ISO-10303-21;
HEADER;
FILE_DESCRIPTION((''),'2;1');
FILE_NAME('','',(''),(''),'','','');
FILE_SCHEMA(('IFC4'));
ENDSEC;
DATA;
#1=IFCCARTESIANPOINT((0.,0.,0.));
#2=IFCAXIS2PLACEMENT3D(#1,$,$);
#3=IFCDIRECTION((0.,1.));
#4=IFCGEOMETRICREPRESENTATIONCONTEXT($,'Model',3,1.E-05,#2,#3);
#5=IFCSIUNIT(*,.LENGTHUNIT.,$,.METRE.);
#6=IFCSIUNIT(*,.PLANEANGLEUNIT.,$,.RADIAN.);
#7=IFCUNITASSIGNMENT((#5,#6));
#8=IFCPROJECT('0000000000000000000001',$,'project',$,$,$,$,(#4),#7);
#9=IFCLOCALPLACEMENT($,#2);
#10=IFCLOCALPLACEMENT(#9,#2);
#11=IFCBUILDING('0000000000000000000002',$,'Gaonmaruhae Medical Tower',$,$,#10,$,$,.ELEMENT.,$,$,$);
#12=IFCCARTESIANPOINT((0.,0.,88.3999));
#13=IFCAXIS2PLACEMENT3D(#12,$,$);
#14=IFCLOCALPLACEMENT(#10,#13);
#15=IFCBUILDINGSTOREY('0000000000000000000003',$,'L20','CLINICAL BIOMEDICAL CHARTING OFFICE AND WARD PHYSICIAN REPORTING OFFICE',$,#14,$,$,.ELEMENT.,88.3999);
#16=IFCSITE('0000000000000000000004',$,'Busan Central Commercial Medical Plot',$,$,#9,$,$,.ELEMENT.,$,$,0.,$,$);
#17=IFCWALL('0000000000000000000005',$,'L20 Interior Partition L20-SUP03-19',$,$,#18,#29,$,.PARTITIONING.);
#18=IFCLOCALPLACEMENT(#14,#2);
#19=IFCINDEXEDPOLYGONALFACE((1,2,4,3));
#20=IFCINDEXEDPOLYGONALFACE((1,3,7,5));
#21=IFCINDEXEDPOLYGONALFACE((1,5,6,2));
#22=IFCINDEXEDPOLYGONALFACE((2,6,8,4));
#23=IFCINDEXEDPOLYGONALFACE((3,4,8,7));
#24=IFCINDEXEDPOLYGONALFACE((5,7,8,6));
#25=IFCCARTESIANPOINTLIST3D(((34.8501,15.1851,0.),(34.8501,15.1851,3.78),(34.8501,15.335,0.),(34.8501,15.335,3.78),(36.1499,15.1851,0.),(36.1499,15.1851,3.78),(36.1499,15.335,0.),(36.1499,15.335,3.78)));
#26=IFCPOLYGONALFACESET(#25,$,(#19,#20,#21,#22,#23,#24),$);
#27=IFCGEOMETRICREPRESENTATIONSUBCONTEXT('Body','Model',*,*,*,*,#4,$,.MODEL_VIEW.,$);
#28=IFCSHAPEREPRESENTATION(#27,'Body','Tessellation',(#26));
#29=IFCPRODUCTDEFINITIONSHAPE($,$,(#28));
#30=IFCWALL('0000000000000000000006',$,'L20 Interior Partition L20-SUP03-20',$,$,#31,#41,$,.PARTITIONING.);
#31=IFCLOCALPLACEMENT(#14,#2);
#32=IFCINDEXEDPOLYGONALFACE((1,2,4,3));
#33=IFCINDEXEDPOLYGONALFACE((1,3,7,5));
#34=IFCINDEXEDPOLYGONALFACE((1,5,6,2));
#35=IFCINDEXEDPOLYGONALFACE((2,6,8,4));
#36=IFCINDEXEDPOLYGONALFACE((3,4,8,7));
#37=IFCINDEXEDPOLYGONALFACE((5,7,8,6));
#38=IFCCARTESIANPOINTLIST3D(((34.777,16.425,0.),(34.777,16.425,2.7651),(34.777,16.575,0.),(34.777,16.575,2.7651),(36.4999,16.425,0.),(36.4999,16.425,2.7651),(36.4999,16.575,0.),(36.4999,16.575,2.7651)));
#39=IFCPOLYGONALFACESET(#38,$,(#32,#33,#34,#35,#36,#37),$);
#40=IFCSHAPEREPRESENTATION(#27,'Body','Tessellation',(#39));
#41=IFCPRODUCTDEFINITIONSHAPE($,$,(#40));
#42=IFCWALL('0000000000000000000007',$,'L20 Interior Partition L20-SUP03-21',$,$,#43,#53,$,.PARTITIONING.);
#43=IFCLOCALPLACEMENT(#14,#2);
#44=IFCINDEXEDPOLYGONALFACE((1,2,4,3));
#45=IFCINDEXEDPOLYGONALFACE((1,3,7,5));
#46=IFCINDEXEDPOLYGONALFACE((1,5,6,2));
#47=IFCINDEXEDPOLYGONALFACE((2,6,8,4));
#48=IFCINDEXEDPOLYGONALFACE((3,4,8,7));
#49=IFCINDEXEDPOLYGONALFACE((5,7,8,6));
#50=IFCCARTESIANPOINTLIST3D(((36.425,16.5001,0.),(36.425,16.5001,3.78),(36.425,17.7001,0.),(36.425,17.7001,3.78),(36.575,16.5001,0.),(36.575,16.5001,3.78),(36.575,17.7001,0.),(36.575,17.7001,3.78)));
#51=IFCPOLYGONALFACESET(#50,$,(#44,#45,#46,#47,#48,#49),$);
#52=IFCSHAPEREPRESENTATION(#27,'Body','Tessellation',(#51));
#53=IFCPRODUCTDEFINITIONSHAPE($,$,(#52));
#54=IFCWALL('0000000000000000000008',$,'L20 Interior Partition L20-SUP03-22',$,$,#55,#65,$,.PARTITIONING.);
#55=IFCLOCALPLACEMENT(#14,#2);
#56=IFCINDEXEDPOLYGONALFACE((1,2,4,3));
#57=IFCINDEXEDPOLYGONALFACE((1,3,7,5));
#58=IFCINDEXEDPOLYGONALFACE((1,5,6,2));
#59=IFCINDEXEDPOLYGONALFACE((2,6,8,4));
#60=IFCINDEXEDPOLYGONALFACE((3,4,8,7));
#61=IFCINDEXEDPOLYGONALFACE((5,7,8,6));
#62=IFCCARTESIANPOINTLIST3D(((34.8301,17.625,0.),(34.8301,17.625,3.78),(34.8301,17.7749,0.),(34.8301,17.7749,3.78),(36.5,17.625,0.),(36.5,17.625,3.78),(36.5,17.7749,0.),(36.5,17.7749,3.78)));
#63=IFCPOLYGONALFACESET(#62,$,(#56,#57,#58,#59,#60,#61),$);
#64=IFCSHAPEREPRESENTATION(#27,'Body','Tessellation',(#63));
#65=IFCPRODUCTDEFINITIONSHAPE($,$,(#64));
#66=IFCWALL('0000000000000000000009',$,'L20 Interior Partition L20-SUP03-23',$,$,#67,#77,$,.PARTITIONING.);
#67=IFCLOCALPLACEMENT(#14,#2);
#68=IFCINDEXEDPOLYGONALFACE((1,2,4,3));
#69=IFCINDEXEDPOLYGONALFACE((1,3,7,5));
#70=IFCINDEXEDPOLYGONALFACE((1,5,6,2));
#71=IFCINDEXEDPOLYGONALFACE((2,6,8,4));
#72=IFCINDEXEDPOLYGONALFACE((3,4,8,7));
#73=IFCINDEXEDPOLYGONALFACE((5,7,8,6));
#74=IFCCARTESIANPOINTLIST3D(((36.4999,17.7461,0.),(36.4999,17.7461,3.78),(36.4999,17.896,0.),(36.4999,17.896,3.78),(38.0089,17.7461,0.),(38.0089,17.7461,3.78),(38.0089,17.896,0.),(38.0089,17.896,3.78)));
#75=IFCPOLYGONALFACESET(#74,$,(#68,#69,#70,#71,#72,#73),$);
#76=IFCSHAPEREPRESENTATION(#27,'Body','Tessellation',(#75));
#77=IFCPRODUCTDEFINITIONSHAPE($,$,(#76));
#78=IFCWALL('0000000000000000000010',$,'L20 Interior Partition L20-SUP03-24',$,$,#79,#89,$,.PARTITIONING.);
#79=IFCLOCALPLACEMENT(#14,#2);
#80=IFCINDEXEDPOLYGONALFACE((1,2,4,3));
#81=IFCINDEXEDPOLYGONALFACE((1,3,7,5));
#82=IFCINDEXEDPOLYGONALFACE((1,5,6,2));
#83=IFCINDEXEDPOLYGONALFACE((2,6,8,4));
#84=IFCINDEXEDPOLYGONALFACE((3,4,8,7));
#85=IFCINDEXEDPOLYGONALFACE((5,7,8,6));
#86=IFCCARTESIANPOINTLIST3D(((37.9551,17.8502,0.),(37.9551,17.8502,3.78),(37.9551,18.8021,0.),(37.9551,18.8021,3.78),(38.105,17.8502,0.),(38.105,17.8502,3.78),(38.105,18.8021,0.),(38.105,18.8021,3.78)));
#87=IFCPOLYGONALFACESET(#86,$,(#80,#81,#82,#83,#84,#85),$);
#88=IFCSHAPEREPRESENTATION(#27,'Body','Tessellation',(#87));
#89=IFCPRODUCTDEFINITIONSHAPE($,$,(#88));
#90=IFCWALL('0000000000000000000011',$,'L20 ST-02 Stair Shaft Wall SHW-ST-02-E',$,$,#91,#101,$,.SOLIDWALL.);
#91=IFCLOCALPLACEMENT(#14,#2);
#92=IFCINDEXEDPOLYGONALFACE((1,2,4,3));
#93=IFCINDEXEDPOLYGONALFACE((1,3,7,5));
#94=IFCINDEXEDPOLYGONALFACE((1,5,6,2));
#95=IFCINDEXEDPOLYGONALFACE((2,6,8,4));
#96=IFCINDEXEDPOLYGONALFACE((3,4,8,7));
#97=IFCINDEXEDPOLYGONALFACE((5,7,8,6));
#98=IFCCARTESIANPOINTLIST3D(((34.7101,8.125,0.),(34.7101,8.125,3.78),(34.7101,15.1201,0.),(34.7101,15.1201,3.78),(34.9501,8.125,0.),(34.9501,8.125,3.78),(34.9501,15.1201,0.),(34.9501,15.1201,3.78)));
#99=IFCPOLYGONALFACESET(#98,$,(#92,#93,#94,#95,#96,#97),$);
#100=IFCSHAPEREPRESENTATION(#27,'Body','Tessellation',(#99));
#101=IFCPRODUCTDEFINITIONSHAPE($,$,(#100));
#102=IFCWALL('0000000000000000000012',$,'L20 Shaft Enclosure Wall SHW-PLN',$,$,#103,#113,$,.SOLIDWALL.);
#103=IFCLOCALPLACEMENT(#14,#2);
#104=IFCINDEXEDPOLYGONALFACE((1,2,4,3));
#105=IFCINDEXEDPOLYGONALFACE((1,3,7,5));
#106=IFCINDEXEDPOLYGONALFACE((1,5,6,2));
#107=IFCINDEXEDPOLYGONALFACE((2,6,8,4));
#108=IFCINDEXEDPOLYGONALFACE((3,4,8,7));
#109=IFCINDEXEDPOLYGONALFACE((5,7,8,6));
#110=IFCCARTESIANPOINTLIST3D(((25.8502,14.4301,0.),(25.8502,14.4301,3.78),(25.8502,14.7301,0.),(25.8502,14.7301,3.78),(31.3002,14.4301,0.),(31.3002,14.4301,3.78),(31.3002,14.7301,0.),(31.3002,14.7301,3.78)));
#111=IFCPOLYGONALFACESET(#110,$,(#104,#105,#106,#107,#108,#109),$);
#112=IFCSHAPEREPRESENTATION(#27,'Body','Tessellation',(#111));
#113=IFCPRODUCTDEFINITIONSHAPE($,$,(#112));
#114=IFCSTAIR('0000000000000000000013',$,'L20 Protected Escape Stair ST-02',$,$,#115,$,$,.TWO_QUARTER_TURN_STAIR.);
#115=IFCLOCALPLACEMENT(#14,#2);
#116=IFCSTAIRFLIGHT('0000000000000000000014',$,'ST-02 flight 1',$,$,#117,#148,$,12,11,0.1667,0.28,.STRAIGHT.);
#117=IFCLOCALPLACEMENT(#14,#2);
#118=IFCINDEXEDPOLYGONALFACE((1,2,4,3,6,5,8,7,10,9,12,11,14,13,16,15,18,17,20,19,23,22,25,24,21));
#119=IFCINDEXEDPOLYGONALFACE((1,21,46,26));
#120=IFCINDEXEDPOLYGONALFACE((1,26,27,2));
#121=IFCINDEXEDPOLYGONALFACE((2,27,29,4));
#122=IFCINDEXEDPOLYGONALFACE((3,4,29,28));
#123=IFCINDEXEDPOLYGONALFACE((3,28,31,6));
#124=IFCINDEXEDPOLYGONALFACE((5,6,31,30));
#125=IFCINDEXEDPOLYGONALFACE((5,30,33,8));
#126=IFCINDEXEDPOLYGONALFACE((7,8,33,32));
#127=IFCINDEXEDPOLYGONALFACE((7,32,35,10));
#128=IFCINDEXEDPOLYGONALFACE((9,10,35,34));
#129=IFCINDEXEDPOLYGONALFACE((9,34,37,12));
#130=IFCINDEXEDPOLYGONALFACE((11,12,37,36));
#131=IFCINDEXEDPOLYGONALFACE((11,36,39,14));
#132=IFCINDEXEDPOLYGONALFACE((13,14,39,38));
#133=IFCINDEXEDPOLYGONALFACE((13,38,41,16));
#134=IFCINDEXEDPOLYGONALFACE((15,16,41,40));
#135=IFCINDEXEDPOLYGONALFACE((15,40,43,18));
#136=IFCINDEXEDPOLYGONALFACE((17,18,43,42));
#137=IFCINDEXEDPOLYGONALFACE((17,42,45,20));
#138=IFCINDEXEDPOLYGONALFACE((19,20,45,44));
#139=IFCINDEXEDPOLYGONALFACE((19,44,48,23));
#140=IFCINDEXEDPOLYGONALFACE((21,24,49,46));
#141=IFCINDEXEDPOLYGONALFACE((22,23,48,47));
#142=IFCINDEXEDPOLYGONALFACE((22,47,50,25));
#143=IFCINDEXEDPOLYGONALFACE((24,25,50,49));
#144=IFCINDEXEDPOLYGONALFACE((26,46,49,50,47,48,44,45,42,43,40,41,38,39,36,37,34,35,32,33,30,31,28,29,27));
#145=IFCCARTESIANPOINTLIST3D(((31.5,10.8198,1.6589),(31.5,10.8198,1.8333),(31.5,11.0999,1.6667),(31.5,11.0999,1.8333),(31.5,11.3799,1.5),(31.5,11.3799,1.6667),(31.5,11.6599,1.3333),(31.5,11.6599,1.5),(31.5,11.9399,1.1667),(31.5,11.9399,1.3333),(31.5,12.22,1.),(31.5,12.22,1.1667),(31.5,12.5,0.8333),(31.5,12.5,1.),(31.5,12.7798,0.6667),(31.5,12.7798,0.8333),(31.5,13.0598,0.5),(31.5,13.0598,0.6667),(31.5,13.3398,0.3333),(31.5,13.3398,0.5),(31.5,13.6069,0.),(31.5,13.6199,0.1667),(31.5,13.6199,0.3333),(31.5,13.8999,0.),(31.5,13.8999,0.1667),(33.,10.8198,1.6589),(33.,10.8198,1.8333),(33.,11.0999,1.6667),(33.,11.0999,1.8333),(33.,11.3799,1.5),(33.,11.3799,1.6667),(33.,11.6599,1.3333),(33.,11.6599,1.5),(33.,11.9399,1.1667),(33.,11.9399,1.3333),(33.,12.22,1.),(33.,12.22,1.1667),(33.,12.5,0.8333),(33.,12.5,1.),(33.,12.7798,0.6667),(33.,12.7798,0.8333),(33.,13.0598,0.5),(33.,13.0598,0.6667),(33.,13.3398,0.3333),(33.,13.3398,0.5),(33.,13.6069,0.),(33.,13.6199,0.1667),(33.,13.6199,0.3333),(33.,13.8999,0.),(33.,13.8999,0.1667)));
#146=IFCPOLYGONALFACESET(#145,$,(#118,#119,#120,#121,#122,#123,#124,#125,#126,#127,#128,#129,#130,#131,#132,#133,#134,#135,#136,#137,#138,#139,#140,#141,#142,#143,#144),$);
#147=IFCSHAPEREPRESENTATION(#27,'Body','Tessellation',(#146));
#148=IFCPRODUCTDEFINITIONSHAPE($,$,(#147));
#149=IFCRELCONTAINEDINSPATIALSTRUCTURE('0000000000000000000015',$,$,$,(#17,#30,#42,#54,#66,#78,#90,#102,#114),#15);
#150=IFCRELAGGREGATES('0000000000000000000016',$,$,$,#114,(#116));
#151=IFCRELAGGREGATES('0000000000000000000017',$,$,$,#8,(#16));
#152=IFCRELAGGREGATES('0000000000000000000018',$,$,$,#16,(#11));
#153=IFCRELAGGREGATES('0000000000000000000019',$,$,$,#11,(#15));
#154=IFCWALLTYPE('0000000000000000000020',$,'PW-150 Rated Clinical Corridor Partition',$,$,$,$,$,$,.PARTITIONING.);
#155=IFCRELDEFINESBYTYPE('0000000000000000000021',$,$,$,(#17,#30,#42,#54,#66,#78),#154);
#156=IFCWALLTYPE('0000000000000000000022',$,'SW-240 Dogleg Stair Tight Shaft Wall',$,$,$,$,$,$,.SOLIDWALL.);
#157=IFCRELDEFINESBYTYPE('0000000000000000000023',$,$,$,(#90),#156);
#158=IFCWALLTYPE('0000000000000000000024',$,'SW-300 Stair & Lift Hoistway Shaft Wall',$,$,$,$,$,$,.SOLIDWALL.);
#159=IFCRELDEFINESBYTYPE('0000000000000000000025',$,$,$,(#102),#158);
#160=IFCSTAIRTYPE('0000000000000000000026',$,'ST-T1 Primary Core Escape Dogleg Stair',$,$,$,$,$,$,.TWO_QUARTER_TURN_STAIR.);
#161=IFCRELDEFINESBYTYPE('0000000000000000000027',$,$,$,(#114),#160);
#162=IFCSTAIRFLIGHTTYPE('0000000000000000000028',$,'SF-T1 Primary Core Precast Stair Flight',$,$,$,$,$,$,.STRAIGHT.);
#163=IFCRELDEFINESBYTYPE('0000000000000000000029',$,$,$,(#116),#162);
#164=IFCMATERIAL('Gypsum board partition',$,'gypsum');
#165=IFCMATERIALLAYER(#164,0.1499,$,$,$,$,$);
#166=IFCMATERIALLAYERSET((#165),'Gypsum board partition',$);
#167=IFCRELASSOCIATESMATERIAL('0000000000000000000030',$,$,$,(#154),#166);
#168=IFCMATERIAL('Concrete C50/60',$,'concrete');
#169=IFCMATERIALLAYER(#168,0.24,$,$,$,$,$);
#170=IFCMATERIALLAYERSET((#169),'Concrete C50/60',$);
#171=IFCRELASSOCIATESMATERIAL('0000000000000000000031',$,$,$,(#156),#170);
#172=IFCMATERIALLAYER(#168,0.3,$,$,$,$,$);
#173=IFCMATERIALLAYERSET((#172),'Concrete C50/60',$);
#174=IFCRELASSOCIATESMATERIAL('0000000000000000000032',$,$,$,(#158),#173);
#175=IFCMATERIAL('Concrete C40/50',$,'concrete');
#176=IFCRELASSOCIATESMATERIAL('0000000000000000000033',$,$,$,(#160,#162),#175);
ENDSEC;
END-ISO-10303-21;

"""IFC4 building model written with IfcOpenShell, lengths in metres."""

from ifc_helpers import new_model, si_unit, direction, frame, frame_2d, origin, place, context, subcontext, project, spatial, polyline, rectangle, outline, extrude, material, layer, layer_set, type_object, element, aggregate, save


model = new_model("IFC4")

# Units and contexts
model_context = context("Model", 3, precision=1e-05, world=origin(), true_north=direction((0.0, 1.0)))
body_context = subcontext(model_context, "Body", "Model", "MODEL_VIEW")
ifc_project = project(units=[si_unit("LENGTHUNIT", "METRE"), si_unit("PLANEANGLEUNIT", "RADIAN")], contexts=[model_context])

# Site, building, storey
site_placement = place(None, origin())
site = spatial("IfcSite", under=ifc_project, at=site_placement, Name="Busan Central Commercial Medical Plot", CompositionType="ELEMENT", RefElevation=0.0)
building_placement = place(site_placement, origin())
building = spatial("IfcBuilding", under=site, at=building_placement, Name="Gaonmaruhae Medical Tower", CompositionType="ELEMENT")
storey_placement = place(building_placement, frame((0.0, 0.0, 88.3999)))
storey = spatial("IfcBuildingStorey", under=building, at=storey_placement, Name="L20", Description="CLINICAL BIOMEDICAL CHARTING OFFICE AND WARD PHYSICIAN REPORTING OFFICE", CompositionType="ELEMENT", Elevation=88.3999)

# Walls
ifc_material_1 = material(Name="Gypsum board partition", Category="gypsum")
ifc_layer_1 = layer(ifc_material_1, 0.1499)
ifc_layer_set_1 = layer_set([ifc_layer_1], Name="Gypsum board partition")
wall_type_1 = type_object("IfcWallType", Name="PW-150 Rated Clinical Corridor Partition", PredefinedType="PARTITIONING", material=ifc_layer_set_1)
wall_1_placement = place(storey_placement, frame((36.1499, 15.26, 0.0), z_axis=(0.0, 0.0, 1.0), x_axis=(-1.0, 0.0, 0.0)))
element("IfcWall", 1, at=wall_1_placement, inside=storey, type_object=wall_type_1, Name="L20 Interior Partition L20-SUP03-19", PredefinedType="PARTITIONING", context=body_context, shape_type="SweptSolid", body=[
    extrude(rectangle(XDim=1.2998, YDim=0.1499, at=frame_2d((0.6499, 0.0))), origin(), (0.0, 0.0, 1.0), 3.78),
])
wall_2_placement = place(storey_placement, frame((34.7771, 16.5, 0.0), z_axis=(0.0, 0.0, 1.0), x_axis=(1.0, 0.0, 0.0)))
element("IfcWall", 2, at=wall_2_placement, inside=storey, type_object=wall_type_1, Name="L20 Interior Partition L20-SUP03-20", PredefinedType="PARTITIONING", context=body_context, shape_type="SweptSolid", body=[
    extrude(rectangle(XDim=1.7229, YDim=0.1499, at=frame_2d((0.8613, 0.0))), origin(), (0.0, 0.0, 1.0), 2.7651),
])
wall_3_placement = place(storey_placement, frame((36.5, 16.5, 0.0), z_axis=(0.0, 0.0, 1.0), x_axis=(0.0, 1.0, 0.0)))
element("IfcWall", 3, at=wall_3_placement, inside=storey, type_object=wall_type_1, Name="L20 Interior Partition L20-SUP03-21", PredefinedType="PARTITIONING", context=body_context, shape_type="SweptSolid", body=[
    extrude(rectangle(XDim=1.2, YDim=0.1499, at=frame_2d((0.6001, 0.0))), origin(), (0.0, 0.0, 1.0), 3.78),
])
wall_4_placement = place(storey_placement, frame((36.5, 17.7, 0.0), z_axis=(0.0, 0.0, 1.0), x_axis=(-1.0, 0.0, 0.0)))
element("IfcWall", 4, at=wall_4_placement, inside=storey, type_object=wall_type_1, Name="L20 Interior Partition L20-SUP03-22", PredefinedType="PARTITIONING", context=body_context, shape_type="SweptSolid", body=[
    extrude(rectangle(XDim=1.6699, YDim=0.1499, at=frame_2d((0.835, 0.0))), origin(), (0.0, 0.0, 1.0), 3.78),
])
wall_5_placement = place(storey_placement, frame((36.5, 17.821, 0.0), z_axis=(0.0, 0.0, 1.0), x_axis=(1.0, 0.0, 0.0)))
element("IfcWall", 5, at=wall_5_placement, inside=storey, type_object=wall_type_1, Name="L20 Interior Partition L20-SUP03-23", PredefinedType="PARTITIONING", context=body_context, shape_type="SweptSolid", body=[
    extrude(rectangle(XDim=1.509, YDim=0.1499, at=frame_2d((0.7544, 0.0))), origin(), (0.0, 0.0, 1.0), 3.78),
])
wall_6_placement = place(storey_placement, frame((38.03, 17.8501, 0.0), z_axis=(0.0, 0.0, 1.0), x_axis=(0.0, 1.0, 0.0)))
element("IfcWall", 6, at=wall_6_placement, inside=storey, type_object=wall_type_1, Name="L20 Interior Partition L20-SUP03-24", PredefinedType="PARTITIONING", context=body_context, shape_type="SweptSolid", body=[
    extrude(rectangle(XDim=0.9519, YDim=0.1499, at=frame_2d((0.4761, 0.0))), origin(), (0.0, 0.0, 1.0), 3.78),
])

# Shared definitions
ifc_material_2 = material(Name="Concrete C50/60", Category="concrete")
ifc_layer_2 = layer(ifc_material_2, 0.24)
ifc_layer_set_2 = layer_set([ifc_layer_2], Name="Concrete C50/60")
wall_type_2 = type_object("IfcWallType", Name="SW-240 Dogleg Stair Tight Shaft Wall", PredefinedType="SOLIDWALL", material=ifc_layer_set_2)

# Walls
wall_7_placement = place(storey_placement, frame((34.8301, 15.1201, 0.0), z_axis=(0.0, 0.0, 1.0), x_axis=(0.0, -1.0, 0.0)))
element("IfcWall", 7, at=wall_7_placement, inside=storey, type_object=wall_type_2, Name="L20 ST-02 Stair Shaft Wall SHW-ST-02-E", PredefinedType="SOLIDWALL", context=body_context, shape_type="SweptSolid", body=[
    extrude(rectangle(XDim=6.9951, YDim=0.24, at=frame_2d((3.4976, 0.0))), origin(), (0.0, 0.0, 1.0), 3.78),
])
ifc_layer_3 = layer(ifc_material_2, 0.3)
ifc_layer_set_3 = layer_set([ifc_layer_3], Name="Concrete C50/60")
wall_type_3 = type_object("IfcWallType", Name="SW-300 Stair & Lift Hoistway Shaft Wall", PredefinedType="SOLIDWALL", material=ifc_layer_set_3)
wall_8_placement = place(storey_placement, frame((25.8501, 14.5801, 0.0), z_axis=(0.0, 0.0, 1.0), x_axis=(1.0, 0.0, 0.0)))
element("IfcWall", 8, at=wall_8_placement, inside=storey, type_object=wall_type_3, Name="L20 Shaft Enclosure Wall SHW-PLN", PredefinedType="SOLIDWALL", context=body_context, shape_type="SweptSolid", body=[
    extrude(rectangle(XDim=5.45, YDim=0.3, at=frame_2d((2.7251, 0.0))), origin(), (0.0, 0.0, 1.0), 3.78),
])

# Stair, stair flight
ifc_material_3 = material(Name="Concrete C40/50", Category="concrete")
stair_type = type_object("IfcStairType", Name="ST-T1 Primary Core Escape Dogleg Stair", PredefinedType="TWO_QUARTER_TURN_STAIR", material=ifc_material_3)
stair_placement = place(storey_placement, origin())
stair = element("IfcStair", 9, at=stair_placement, inside=storey, type_object=stair_type, Name="L20 Protected Escape Stair ST-02", PredefinedType="TWO_QUARTER_TURN_STAIR")
stair_flight_type = type_object("IfcStairFlightType", Name="SF-T1 Primary Core Precast Stair Flight", PredefinedType="STRAIGHT", material=ifc_material_3)
stair_flight_placement = place(storey_placement, frame((32.25, 13.8999, 0.0), z_axis=(0.0, 0.0, 1.0), x_axis=(0.0, -1.0, 0.0)))
stair_flight = element("IfcStairFlight", 10, at=stair_flight_placement, type_object=stair_flight_type, Name="ST-02 flight 1", NumberOfRisers=12, NumberOfTreads=11, PredefinedType="STRAIGHT", RiserHeight=0.1667, TreadLength=0.28, context=body_context, shape_type="SweptSolid", body=[
    extrude(outline(polyline([(0.0, 0.0), (0.0, 0.1667), (0.28, 0.1667), (0.28, 0.3333), (0.5601, 0.3333), (0.5601, 0.5), (0.8401, 0.5), (0.8401, 0.6667), (1.1201, 0.6667), (1.1201, 0.8333), (1.3999, 0.8333), (1.3999, 1.0), (1.6799, 1.0), (1.6799, 1.1667), (1.96, 1.1667), (1.96, 1.3333), (2.24, 1.3333), (2.24, 1.5), (2.52, 1.5), (2.52, 1.6667), (2.8, 1.6667), (2.8, 1.8333), (3.0801, 1.8333), (3.0801, 2.0), (3.0801, 1.6589), (0.293, 0.0), (0.0, 0.0)])), frame((0.0, 0.75, 0.0), z_axis=(0.0, -1.0, 0.0), x_axis=(1.0, 0.0, 0.0)), (0.0, 0.0, 1.0), 1.5),
])
aggregate(stair, [stair_flight])

save(model, "model.ifc")
